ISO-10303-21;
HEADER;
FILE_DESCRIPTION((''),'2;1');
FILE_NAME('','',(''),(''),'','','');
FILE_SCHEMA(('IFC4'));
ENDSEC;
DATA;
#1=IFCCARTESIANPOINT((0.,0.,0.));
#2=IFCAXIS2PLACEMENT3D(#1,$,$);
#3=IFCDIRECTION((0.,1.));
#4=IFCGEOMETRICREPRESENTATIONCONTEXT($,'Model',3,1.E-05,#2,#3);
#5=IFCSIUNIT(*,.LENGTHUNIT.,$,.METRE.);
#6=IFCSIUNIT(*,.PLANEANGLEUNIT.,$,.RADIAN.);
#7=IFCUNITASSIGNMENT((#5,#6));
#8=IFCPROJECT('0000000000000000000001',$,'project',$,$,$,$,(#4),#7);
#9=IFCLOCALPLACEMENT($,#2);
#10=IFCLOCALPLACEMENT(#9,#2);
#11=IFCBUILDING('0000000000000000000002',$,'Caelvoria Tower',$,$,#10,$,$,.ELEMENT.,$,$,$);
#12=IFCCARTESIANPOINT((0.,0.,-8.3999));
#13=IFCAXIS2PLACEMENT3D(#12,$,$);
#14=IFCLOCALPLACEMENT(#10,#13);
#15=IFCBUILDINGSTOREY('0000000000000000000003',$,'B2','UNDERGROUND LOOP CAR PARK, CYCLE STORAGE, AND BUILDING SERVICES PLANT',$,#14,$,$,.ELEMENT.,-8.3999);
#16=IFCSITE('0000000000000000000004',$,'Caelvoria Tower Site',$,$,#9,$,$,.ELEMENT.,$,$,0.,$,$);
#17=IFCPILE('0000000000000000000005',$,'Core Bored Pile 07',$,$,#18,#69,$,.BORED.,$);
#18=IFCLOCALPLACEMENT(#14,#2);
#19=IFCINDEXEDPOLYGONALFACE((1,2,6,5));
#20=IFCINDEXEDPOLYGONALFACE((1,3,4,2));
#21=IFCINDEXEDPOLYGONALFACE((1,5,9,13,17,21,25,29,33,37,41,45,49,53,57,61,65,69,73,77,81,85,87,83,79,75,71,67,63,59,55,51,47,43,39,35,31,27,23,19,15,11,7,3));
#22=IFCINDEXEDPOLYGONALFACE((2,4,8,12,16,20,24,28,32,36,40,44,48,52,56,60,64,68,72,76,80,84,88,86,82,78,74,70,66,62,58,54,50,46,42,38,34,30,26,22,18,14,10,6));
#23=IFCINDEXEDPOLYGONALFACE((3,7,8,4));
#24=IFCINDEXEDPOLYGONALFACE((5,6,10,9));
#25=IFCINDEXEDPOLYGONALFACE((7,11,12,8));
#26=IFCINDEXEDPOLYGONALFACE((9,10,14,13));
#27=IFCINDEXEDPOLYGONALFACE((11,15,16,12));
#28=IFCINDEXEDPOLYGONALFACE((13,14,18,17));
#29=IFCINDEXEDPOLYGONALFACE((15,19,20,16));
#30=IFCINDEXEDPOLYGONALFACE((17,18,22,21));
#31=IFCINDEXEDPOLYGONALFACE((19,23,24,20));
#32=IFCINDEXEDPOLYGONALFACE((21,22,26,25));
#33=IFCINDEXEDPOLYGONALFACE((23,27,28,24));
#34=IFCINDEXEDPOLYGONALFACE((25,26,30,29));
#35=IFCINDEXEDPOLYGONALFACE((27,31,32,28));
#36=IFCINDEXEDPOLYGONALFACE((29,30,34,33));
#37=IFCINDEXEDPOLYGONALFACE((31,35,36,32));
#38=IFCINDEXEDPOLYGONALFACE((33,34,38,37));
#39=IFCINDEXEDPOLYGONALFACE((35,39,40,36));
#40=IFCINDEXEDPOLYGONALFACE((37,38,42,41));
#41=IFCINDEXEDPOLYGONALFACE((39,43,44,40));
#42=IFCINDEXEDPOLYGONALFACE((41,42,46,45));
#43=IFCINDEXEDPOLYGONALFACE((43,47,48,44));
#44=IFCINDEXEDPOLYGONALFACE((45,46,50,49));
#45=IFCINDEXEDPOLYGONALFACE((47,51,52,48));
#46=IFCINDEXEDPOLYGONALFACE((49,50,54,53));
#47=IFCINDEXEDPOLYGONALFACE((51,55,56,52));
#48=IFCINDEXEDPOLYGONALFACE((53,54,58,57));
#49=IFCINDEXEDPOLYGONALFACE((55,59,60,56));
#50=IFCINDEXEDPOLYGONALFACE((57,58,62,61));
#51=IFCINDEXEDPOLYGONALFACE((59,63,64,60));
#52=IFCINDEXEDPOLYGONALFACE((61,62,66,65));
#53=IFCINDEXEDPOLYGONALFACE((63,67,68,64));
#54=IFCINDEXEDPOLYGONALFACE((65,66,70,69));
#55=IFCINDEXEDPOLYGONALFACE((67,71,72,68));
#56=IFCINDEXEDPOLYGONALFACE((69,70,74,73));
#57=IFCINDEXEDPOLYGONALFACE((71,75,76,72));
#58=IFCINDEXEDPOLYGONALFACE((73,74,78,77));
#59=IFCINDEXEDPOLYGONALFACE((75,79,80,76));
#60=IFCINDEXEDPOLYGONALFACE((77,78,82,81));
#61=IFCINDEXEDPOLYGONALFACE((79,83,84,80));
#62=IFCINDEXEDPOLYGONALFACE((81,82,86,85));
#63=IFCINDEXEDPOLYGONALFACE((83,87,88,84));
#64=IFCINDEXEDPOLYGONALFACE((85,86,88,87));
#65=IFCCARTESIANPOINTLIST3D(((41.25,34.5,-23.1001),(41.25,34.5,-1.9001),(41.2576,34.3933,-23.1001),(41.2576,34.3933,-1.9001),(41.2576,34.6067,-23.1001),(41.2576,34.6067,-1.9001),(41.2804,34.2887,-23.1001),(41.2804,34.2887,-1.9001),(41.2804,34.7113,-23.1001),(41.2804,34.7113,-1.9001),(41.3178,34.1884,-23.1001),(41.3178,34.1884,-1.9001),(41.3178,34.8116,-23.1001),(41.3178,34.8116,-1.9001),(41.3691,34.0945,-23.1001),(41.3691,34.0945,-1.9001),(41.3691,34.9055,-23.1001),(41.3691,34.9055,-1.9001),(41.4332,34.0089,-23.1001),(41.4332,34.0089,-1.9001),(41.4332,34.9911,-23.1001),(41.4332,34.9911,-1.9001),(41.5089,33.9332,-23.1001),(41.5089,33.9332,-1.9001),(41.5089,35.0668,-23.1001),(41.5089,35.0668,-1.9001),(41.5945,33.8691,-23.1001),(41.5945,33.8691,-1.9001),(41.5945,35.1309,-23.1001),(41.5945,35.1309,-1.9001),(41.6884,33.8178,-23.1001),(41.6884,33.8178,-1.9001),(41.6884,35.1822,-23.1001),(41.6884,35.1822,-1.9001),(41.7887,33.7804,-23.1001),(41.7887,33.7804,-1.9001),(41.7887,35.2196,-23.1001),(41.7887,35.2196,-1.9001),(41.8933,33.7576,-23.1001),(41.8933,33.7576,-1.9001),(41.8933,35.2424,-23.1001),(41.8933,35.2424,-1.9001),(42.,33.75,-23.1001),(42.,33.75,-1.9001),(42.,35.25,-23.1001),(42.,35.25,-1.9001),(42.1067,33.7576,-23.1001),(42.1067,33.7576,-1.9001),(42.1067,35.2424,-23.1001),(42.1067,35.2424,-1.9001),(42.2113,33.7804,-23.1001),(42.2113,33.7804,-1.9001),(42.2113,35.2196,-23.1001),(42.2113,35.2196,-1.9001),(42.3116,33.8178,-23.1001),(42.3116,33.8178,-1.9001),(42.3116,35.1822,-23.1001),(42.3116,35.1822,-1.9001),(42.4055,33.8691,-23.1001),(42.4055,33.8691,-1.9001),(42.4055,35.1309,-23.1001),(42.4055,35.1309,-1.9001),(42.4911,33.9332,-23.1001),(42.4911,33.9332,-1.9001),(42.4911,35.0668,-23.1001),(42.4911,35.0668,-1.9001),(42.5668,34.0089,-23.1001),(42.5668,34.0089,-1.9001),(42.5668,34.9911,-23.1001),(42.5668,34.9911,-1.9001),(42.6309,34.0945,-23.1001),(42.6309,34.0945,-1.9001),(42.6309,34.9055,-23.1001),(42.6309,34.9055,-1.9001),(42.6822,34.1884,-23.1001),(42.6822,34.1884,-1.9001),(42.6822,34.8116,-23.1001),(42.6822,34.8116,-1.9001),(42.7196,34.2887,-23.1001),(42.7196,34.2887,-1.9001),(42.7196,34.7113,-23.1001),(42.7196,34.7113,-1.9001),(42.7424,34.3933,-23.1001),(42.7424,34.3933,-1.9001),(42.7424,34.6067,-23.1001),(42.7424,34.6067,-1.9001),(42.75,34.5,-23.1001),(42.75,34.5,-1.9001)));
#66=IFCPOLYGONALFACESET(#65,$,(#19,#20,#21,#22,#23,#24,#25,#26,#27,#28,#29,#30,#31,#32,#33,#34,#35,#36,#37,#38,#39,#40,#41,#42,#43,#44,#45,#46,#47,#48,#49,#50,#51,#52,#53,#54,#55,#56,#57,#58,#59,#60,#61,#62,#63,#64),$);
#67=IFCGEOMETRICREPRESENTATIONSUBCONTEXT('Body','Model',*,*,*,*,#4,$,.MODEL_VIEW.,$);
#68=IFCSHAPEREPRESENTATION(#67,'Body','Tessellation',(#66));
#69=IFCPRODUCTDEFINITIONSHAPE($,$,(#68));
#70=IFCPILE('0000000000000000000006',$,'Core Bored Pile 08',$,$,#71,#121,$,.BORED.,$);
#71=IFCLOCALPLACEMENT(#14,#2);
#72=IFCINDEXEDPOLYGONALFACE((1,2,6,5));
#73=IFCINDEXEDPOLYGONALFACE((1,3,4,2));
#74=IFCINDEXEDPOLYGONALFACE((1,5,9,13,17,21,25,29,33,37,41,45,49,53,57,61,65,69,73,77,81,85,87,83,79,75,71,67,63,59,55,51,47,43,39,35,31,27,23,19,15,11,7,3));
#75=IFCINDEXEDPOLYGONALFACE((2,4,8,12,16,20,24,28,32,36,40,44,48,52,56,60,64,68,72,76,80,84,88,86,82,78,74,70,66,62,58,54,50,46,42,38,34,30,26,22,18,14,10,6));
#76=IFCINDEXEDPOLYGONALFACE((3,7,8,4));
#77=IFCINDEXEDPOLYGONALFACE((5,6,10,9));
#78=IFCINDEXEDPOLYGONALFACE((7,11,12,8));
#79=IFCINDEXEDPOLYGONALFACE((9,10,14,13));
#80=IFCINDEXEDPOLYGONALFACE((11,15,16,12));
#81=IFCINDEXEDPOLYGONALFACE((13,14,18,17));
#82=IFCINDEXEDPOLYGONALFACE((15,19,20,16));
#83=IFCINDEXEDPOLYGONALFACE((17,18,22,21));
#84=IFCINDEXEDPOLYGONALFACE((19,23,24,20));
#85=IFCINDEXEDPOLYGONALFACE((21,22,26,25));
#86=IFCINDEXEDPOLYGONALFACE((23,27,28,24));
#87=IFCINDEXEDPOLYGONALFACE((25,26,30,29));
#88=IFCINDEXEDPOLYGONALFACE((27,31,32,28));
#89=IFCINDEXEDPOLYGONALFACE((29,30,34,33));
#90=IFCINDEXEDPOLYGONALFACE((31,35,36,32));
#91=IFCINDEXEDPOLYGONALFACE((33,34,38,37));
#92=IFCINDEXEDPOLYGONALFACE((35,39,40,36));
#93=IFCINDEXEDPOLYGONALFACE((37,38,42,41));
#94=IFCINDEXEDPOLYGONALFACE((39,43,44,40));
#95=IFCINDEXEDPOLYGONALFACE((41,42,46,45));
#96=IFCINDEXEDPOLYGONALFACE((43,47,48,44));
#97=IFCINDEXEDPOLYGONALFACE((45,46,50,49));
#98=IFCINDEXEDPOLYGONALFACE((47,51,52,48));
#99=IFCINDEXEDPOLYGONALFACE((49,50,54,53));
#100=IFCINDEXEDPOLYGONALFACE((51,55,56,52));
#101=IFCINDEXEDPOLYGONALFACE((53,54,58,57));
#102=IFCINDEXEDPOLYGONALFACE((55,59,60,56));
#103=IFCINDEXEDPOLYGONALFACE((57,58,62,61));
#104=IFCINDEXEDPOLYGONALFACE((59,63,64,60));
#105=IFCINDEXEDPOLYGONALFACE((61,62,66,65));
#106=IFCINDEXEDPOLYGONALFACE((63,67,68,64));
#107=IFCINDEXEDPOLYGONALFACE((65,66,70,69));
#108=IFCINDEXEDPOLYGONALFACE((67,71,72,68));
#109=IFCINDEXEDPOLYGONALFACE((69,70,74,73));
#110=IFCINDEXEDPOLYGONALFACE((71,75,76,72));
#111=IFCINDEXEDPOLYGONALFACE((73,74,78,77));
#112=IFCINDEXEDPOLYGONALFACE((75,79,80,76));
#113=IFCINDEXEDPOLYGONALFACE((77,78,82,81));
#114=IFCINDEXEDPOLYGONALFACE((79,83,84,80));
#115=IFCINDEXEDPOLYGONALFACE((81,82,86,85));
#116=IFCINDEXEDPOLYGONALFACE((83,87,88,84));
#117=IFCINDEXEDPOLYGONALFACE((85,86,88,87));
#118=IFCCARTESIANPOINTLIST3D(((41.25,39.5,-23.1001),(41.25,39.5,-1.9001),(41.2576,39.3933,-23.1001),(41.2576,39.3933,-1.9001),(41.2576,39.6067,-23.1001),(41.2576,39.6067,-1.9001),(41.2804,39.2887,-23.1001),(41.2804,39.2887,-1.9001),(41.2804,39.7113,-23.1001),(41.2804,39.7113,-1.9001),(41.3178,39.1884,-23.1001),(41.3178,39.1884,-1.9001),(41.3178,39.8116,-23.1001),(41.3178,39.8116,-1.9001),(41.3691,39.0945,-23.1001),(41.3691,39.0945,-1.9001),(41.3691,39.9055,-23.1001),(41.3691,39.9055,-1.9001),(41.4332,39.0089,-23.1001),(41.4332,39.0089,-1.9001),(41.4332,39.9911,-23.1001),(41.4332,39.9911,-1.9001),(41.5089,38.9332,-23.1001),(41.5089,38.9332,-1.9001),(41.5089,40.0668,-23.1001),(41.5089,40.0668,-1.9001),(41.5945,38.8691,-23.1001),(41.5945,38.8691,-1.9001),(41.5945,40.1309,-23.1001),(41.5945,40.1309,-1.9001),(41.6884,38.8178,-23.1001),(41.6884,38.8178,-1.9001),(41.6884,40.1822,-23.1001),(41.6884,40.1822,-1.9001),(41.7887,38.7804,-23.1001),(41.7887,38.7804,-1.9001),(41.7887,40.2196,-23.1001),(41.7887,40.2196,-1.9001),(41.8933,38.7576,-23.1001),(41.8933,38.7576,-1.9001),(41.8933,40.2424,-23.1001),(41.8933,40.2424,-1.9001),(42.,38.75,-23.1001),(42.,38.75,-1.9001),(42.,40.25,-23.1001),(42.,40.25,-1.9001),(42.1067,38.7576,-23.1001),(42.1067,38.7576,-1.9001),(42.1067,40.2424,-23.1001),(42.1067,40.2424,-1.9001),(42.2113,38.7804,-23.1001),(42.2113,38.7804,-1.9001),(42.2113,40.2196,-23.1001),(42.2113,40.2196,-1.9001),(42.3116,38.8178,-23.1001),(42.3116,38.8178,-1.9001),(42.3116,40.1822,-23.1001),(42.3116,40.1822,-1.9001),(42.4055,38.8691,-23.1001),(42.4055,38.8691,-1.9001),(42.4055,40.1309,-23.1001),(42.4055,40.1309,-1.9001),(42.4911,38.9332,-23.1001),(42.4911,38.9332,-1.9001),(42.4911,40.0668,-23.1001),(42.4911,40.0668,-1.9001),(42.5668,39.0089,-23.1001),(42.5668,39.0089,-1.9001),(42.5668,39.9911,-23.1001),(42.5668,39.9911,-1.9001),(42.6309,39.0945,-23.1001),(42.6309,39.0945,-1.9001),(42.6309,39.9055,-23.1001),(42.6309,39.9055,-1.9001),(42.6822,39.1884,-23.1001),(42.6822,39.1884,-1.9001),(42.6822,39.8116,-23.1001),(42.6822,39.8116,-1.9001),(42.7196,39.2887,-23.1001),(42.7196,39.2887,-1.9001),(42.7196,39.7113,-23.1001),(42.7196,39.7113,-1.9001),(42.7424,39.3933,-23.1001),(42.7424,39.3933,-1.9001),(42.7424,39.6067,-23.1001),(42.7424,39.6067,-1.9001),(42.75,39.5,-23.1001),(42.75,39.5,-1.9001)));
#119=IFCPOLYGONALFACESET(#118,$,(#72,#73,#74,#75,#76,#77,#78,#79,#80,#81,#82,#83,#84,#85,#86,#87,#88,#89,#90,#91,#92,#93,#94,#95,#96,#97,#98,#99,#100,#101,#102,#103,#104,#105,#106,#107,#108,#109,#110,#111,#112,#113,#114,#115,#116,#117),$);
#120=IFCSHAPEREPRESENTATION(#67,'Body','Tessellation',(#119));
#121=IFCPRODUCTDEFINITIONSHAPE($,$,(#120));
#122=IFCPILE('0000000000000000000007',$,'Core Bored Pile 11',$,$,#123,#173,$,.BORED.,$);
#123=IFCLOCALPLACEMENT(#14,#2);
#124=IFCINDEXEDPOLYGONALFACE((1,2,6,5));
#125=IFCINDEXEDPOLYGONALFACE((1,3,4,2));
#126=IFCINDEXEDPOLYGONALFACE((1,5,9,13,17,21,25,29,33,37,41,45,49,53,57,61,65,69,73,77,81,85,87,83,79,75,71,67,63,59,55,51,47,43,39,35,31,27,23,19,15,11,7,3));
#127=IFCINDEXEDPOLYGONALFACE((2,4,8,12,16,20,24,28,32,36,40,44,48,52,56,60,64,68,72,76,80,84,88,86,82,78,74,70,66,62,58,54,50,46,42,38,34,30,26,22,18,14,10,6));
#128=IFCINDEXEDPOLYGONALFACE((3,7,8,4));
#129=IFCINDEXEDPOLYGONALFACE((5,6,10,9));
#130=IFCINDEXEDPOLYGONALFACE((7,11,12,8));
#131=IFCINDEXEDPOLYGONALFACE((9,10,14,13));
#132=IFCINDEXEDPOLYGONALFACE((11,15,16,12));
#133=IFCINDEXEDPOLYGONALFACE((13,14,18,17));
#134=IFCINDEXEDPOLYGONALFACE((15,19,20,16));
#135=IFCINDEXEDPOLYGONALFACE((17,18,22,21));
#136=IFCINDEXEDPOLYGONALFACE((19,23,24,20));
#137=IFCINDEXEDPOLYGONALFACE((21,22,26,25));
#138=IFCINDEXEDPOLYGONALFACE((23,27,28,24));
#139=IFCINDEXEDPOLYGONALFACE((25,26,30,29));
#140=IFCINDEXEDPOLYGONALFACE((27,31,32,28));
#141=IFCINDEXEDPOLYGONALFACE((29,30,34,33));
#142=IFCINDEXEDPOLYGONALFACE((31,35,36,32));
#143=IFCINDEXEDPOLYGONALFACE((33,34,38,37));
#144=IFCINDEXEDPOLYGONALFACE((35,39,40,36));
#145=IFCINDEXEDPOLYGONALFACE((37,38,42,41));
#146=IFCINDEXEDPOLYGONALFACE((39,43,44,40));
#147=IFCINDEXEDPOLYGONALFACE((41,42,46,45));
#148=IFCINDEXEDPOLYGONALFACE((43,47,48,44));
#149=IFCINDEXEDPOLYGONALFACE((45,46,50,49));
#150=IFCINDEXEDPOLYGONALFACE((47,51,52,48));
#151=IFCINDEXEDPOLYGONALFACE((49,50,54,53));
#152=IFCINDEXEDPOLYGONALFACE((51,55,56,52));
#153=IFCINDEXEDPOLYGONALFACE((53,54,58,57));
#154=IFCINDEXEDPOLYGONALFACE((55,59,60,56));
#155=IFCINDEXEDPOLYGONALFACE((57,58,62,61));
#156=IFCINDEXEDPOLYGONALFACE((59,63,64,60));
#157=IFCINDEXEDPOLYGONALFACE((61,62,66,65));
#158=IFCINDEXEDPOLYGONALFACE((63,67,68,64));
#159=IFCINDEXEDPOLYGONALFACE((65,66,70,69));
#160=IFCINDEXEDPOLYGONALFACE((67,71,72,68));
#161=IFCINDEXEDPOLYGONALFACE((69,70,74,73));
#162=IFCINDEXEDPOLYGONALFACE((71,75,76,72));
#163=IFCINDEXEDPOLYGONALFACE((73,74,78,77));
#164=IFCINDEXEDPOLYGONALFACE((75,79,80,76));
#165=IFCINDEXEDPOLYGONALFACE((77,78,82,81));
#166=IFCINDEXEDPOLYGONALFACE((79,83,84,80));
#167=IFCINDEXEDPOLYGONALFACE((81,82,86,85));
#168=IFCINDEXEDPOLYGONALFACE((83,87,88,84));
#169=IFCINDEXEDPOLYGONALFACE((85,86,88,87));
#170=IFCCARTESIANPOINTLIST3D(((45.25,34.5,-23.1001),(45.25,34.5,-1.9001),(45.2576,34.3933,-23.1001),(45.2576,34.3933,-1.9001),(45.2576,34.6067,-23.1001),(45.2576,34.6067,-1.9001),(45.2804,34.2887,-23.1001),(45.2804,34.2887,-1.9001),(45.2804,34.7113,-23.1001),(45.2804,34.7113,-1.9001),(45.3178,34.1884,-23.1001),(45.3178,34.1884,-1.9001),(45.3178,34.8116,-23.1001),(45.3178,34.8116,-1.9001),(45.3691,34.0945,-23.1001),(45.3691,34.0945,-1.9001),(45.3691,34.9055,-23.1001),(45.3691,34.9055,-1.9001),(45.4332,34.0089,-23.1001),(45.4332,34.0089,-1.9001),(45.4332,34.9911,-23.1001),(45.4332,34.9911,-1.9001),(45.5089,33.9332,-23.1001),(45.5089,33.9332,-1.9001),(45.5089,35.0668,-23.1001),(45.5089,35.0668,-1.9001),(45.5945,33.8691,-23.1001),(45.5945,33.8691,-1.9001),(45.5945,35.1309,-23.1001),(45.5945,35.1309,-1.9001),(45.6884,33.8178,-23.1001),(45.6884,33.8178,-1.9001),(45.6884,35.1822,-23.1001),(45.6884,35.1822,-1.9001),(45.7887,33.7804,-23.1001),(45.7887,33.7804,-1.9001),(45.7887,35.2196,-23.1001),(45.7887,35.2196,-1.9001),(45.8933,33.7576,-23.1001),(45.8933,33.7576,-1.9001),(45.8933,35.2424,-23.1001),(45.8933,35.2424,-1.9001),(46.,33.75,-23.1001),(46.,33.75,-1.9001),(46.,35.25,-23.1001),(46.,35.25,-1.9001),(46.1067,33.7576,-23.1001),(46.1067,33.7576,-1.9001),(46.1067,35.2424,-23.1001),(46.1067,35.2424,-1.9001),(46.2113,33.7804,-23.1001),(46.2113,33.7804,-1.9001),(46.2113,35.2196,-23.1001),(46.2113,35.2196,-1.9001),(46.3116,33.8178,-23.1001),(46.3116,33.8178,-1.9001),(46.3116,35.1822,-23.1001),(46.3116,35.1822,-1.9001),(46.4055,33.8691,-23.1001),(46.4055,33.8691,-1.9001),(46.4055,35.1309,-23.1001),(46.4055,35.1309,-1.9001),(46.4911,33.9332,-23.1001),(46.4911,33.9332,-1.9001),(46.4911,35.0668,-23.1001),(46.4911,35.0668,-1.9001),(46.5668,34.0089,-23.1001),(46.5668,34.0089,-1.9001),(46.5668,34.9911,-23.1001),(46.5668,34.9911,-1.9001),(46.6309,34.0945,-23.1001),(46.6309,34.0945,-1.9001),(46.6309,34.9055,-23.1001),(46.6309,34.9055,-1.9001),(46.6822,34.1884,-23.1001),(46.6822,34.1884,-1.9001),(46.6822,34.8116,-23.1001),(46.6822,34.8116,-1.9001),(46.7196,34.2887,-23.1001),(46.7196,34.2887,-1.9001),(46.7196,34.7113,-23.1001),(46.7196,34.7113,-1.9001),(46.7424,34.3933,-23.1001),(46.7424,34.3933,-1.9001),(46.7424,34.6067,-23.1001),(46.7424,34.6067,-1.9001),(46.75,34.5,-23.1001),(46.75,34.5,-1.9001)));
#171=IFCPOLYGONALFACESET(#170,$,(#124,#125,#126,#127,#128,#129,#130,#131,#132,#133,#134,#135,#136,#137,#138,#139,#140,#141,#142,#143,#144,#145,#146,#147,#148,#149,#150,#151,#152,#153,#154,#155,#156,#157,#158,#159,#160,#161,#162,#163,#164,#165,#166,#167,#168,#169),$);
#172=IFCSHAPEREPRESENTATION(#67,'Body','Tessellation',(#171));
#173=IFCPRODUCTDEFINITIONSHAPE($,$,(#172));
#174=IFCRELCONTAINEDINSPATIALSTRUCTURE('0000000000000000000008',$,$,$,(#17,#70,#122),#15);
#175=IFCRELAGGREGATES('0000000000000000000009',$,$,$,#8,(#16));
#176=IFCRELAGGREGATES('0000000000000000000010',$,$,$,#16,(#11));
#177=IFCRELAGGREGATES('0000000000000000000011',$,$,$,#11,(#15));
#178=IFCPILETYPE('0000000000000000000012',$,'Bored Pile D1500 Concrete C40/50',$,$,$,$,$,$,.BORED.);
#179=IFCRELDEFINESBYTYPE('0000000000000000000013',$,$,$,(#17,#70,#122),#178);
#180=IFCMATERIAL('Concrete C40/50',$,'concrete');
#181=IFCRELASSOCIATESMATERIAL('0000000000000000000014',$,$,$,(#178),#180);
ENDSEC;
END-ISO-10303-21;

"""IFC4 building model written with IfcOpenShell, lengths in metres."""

from ifc_helpers import new_model, si_unit, direction, frame, origin, origin_2d, place, context, subcontext, project, spatial, circle, extrude, material, material_profile, profile_set, type_object, element, save


model = new_model("IFC4")

# Units and contexts
model_context = context("Model", 3, precision=1e-05, world=origin(), true_north=direction((0.0, 1.0)))
body_context = subcontext(model_context, "Body", "Model", "MODEL_VIEW")
ifc_project = project(units=[si_unit("LENGTHUNIT", "METRE"), si_unit("PLANEANGLEUNIT", "RADIAN")], contexts=[model_context])

# Site, building, storey
site_placement = place(None, origin())
site = spatial("IfcSite", under=ifc_project, at=site_placement, Name="Caelvoria Tower Site", CompositionType="ELEMENT", RefElevation=0.0)
building_placement = place(site_placement, origin())
building = spatial("IfcBuilding", under=site, at=building_placement, Name="Caelvoria Tower", CompositionType="ELEMENT")
storey_placement = place(building_placement, frame((0.0, 0.0, -8.3999)))
storey = spatial("IfcBuildingStorey", under=building, at=storey_placement, Name="B2", Description="UNDERGROUND LOOP CAR PARK, CYCLE STORAGE, AND BUILDING SERVICES PLANT", CompositionType="ELEMENT", Elevation=-8.3999)

# Piles
ifc_material_1 = material(Name="Concrete C40/50", Category="concrete")
ifc_material_profile_1 = material_profile(ifc_material_1, circle(Radius=0.75, at=origin_2d()), Name="Concrete C40/50")
ifc_profile_set_1 = profile_set([ifc_material_profile_1], Name="PILE_D1500 - Concrete C40/50")
pile_type_1 = type_object("IfcPileType", Name="Bored Pile D1500 Concrete C40/50", PredefinedType="BORED", material=ifc_profile_set_1)
for number, where, z_axis, x_axis, name in (
    (1, (42.0, 34.5, -1.9001), (0.0, 0.0, -1.0), (1.0, 0.0, 0.0), "Core Bored Pile 07"),
    (2, (42.0, 39.5, -1.9001), (0.0, 0.0, -1.0), (1.0, 0.0, 0.0), "Core Bored Pile 08"),
    (3, (46.0, 34.5, -1.9001), (0.0, 0.0, -1.0), (1.0, 0.0, 0.0), "Core Bored Pile 11"),
):
    element("IfcPile", number, at=place(storey_placement, frame(where, z_axis=z_axis, x_axis=x_axis)), inside=storey, type_object=pile_type_1, Name=name, PredefinedType="BORED", context=body_context, shape_type="SweptSolid", body=[
        extrude(circle(Radius=0.75, at=origin_2d()), origin(), (0.0, 0.0, 1.0), 21.2),
    ])

save(model, "model.ifc")
